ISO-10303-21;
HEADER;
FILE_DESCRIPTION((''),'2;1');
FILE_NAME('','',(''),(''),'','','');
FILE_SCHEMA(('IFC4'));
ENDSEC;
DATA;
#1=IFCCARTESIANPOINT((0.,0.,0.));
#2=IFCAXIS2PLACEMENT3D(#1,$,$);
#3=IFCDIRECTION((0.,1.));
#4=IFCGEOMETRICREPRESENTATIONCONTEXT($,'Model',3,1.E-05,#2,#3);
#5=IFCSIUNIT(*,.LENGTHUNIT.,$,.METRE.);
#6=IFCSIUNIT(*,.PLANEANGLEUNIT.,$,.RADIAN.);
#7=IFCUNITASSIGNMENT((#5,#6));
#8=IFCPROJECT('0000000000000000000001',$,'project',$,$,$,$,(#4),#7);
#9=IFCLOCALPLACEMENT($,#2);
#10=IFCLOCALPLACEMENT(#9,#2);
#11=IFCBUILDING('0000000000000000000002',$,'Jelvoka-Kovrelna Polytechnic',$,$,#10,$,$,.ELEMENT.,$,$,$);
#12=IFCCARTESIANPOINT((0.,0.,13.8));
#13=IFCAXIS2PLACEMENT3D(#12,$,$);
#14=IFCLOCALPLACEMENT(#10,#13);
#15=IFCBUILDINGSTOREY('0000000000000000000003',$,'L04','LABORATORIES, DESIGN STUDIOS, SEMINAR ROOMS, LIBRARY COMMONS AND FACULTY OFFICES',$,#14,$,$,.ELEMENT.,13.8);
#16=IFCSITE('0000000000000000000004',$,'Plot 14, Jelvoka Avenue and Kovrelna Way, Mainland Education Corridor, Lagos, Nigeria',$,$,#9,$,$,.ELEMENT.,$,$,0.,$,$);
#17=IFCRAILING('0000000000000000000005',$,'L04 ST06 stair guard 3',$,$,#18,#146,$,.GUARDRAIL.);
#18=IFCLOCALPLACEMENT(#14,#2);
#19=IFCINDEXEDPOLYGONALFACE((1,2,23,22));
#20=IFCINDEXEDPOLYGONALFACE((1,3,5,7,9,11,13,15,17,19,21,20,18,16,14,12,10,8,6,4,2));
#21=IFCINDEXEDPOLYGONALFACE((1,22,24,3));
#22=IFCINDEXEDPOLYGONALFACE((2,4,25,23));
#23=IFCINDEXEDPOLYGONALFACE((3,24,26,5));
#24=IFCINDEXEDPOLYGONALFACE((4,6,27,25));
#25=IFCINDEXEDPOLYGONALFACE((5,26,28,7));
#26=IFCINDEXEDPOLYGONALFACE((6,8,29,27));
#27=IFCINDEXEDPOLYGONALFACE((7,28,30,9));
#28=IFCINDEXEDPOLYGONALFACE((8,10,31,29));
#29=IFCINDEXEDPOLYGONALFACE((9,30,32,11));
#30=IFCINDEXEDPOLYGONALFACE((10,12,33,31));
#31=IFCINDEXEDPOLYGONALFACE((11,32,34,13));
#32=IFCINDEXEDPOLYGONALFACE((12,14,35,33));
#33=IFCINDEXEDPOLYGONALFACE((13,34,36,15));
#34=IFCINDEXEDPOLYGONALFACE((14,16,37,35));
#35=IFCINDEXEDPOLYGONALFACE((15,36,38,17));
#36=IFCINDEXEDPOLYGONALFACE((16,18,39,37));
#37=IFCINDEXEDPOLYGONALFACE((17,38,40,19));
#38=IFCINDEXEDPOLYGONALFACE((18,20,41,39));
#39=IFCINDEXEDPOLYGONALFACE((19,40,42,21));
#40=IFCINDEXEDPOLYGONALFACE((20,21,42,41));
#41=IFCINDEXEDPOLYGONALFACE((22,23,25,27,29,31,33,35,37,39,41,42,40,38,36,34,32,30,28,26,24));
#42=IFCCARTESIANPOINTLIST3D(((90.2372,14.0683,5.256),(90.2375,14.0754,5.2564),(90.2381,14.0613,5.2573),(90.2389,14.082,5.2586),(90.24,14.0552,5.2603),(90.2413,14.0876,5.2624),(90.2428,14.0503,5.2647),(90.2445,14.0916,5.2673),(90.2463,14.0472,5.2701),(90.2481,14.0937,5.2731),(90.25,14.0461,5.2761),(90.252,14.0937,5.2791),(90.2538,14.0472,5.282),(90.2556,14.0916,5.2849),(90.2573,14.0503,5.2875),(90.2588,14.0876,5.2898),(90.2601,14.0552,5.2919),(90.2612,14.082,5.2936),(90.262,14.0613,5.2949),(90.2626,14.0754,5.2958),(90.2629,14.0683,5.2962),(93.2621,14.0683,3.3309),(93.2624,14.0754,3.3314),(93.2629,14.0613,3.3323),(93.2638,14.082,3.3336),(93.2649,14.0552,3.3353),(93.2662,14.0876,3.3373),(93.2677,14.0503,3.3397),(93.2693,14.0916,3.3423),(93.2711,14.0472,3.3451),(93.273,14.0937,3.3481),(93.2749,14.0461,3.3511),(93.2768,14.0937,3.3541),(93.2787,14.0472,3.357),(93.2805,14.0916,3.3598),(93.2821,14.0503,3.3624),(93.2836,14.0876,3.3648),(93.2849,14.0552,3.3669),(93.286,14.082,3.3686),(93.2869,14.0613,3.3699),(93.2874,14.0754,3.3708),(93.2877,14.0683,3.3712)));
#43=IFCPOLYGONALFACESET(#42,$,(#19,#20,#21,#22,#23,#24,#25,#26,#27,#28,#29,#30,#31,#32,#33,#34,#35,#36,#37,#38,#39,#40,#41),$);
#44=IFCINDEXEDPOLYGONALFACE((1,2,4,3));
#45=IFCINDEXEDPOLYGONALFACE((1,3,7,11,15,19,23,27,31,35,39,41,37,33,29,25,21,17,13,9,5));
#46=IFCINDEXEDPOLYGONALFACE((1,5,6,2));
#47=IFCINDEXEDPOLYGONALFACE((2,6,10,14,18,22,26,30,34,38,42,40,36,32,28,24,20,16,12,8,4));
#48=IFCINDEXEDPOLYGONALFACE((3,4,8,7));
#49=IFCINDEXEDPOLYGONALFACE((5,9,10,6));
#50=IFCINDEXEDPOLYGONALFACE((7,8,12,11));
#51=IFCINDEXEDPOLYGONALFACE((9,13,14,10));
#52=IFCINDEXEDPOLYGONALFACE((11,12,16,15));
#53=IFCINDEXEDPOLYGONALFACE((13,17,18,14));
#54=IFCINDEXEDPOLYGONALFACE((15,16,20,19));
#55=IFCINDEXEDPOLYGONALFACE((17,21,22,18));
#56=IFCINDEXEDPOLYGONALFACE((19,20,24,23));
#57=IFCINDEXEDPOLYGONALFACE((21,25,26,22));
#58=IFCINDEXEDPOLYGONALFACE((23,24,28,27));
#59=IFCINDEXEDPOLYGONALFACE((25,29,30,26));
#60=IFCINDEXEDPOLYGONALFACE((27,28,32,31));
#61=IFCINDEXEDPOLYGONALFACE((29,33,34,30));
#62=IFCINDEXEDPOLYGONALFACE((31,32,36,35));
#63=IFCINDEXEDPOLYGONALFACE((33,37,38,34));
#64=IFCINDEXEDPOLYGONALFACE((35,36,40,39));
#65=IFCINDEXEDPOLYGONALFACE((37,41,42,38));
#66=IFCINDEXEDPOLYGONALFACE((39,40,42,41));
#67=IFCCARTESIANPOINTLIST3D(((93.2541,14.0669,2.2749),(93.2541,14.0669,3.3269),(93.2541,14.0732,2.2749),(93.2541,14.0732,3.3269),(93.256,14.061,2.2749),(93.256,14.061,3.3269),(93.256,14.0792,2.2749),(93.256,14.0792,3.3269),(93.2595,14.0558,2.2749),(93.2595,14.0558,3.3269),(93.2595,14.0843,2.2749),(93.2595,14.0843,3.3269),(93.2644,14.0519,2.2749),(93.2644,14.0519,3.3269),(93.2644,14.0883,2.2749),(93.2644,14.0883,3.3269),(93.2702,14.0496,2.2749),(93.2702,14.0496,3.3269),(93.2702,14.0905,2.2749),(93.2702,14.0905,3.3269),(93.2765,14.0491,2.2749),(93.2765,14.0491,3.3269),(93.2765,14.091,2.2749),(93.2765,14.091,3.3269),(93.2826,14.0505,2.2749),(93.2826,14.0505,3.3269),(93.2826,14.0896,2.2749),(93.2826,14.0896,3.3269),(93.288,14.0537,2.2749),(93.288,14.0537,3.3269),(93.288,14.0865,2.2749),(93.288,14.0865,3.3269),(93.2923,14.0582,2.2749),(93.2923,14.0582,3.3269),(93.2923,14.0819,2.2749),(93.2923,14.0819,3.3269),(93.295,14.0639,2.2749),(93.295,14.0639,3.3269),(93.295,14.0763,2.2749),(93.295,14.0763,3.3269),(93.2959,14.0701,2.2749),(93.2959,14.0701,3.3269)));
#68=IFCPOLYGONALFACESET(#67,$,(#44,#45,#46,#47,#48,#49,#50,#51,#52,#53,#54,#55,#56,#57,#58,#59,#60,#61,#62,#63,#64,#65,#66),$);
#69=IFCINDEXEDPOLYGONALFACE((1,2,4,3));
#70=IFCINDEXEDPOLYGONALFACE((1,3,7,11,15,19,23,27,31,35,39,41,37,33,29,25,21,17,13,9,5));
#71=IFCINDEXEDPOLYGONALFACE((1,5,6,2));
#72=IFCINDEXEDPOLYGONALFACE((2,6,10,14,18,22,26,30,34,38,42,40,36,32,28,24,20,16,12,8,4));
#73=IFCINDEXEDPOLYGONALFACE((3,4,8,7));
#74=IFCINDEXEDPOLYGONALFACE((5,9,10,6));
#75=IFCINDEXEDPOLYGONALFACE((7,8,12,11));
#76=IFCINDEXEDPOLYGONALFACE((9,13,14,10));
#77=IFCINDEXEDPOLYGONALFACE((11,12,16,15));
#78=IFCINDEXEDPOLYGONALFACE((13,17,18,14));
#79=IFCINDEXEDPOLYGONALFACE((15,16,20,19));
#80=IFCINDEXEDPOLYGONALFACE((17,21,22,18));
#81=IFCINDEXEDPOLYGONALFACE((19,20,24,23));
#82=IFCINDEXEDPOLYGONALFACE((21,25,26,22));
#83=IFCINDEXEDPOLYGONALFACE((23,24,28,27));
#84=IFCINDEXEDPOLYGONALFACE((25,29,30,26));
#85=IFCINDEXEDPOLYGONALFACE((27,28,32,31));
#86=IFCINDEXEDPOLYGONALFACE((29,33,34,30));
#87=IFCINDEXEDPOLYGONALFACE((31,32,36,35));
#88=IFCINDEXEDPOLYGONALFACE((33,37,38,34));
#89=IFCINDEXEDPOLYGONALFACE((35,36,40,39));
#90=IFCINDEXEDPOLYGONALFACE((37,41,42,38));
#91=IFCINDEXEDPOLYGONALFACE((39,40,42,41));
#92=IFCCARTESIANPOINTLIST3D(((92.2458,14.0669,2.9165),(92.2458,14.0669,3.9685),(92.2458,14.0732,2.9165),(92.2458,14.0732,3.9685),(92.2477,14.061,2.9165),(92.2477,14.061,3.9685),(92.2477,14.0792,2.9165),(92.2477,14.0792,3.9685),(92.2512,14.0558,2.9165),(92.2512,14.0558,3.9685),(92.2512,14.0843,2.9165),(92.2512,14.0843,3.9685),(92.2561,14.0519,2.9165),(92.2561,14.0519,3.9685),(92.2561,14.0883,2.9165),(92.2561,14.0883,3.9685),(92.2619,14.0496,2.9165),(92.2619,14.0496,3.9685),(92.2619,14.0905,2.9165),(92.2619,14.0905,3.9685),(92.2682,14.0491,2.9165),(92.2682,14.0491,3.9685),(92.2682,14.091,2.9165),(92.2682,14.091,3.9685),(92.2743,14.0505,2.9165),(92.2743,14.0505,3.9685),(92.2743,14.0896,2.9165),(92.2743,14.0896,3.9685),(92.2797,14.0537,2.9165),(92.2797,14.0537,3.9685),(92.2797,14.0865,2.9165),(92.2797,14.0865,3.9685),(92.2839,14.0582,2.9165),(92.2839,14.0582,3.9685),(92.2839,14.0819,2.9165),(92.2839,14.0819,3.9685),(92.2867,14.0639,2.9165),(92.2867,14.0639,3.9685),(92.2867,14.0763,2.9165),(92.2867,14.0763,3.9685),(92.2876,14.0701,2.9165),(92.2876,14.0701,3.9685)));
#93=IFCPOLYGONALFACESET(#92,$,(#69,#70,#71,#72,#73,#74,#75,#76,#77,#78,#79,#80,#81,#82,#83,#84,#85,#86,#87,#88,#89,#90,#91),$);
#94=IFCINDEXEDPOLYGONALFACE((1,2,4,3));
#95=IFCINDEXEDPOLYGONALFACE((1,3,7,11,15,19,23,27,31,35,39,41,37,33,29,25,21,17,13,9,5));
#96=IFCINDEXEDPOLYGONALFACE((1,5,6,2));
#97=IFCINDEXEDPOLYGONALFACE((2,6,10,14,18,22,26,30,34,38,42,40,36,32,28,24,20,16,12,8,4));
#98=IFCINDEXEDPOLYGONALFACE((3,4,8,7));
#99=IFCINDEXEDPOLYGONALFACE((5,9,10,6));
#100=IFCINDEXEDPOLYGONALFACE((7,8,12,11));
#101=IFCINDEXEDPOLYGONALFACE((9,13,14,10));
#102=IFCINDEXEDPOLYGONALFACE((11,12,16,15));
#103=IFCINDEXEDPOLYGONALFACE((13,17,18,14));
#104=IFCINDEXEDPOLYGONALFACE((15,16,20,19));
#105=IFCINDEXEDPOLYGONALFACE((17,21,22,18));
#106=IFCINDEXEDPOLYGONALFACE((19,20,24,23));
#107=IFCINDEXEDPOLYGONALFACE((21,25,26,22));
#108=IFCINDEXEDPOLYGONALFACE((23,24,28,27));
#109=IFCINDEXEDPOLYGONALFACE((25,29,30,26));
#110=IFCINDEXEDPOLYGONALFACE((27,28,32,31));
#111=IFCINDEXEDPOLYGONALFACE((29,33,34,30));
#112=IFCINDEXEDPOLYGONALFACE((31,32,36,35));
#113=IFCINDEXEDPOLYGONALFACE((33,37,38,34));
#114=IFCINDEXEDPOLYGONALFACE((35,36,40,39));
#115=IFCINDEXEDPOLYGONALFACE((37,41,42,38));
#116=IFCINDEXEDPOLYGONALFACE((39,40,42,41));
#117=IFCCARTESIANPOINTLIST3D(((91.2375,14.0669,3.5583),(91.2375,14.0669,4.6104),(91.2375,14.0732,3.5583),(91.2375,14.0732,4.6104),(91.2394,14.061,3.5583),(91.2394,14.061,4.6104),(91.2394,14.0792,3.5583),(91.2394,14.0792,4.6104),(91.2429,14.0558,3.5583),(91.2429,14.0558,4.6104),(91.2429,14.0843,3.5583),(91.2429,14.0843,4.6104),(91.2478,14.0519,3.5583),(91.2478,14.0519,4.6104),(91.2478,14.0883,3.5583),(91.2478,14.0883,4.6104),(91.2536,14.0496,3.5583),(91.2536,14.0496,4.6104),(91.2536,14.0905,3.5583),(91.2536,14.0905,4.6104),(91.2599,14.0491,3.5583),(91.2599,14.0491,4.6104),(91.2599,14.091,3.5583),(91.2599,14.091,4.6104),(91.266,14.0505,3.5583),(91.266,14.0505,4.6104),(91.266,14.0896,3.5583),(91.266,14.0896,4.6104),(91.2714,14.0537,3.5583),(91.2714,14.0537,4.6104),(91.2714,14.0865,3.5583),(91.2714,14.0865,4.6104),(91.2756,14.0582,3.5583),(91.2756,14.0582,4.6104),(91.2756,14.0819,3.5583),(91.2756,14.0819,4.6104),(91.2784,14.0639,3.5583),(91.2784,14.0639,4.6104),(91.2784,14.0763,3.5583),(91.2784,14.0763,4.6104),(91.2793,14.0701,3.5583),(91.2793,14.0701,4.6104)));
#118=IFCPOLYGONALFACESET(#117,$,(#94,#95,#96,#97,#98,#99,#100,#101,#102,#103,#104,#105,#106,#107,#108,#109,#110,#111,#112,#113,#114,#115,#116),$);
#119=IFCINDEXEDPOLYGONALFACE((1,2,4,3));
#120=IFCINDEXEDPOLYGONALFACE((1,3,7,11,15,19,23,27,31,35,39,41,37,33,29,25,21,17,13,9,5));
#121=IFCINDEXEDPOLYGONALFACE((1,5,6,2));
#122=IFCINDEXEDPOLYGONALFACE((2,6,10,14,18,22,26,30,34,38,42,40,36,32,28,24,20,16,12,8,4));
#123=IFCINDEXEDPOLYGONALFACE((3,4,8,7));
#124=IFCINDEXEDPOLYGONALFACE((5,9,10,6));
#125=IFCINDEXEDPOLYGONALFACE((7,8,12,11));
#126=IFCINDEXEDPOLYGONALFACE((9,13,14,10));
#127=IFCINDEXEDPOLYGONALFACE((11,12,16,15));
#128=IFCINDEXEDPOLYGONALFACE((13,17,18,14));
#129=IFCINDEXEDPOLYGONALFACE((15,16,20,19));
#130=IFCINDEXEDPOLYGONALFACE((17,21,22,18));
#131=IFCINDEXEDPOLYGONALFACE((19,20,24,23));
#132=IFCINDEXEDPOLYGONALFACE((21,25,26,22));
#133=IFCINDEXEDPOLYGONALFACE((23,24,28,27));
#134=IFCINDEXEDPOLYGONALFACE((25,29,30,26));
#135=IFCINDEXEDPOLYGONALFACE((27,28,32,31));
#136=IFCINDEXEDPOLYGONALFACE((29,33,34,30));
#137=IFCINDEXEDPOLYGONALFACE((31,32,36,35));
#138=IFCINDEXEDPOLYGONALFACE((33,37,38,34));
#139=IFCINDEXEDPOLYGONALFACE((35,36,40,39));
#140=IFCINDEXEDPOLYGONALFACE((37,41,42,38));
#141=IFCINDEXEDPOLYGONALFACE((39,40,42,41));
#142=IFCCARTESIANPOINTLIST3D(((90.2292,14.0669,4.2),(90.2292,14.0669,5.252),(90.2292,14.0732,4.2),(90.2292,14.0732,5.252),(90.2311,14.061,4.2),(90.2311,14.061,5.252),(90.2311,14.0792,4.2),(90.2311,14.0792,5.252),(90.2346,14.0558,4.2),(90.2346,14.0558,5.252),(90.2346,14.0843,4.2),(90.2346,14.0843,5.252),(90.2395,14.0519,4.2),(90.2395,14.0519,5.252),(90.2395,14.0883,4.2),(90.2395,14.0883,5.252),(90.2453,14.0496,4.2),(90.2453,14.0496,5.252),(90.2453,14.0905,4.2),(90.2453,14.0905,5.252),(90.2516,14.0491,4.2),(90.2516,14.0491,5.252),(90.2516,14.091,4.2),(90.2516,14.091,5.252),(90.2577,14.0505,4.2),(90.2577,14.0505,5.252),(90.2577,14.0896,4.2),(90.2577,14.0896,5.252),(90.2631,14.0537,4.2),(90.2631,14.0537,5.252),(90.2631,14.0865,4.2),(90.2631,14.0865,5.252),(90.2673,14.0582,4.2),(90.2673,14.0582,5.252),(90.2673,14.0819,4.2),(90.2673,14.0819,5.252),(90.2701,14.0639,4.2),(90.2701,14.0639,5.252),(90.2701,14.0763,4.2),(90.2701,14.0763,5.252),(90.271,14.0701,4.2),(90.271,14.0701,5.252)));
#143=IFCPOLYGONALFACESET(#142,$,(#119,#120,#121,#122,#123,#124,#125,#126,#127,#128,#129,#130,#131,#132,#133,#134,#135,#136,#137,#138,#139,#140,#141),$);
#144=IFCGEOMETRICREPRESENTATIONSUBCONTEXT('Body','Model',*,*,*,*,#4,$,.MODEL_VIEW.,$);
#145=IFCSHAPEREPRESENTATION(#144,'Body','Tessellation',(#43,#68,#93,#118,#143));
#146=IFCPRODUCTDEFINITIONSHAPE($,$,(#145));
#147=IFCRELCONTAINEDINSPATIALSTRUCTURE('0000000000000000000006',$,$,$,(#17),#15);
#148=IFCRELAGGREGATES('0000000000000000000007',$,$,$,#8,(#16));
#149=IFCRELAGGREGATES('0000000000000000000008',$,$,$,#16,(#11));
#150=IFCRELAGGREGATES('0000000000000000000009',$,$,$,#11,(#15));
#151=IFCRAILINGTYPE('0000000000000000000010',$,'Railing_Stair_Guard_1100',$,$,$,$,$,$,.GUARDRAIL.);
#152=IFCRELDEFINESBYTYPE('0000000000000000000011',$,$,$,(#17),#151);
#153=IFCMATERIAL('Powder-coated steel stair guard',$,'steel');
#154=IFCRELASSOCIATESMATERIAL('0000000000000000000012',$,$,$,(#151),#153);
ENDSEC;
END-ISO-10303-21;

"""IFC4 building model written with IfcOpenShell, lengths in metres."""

from ifc_helpers import new_model, si_unit, direction, frame, origin, origin_2d, place, context, subcontext, project, spatial, circle, extrude, material, type_object, element, save


model = new_model("IFC4")

# Units and contexts
model_context = context("Model", 3, precision=1e-05, world=origin(), true_north=direction((0.0, 1.0)))
body_context = subcontext(model_context, "Body", "Model", "MODEL_VIEW")
ifc_project = project(units=[si_unit("LENGTHUNIT", "METRE"), si_unit("PLANEANGLEUNIT", "RADIAN")], contexts=[model_context])

# Site, building, storey
site_placement = place(None, origin())
site = spatial("IfcSite", under=ifc_project, at=site_placement, Name="Plot 14, Jelvoka Avenue and Kovrelna Way, Mainland Education Corridor, Lagos, Nigeria", CompositionType="ELEMENT", RefElevation=0.0)
building_placement = place(site_placement, origin())
building = spatial("IfcBuilding", under=site, at=building_placement, Name="Jelvoka-Kovrelna Polytechnic", CompositionType="ELEMENT")
storey_placement = place(building_placement, frame((0.0, 0.0, 13.8)))
storey = spatial("IfcBuildingStorey", under=building, at=storey_placement, Name="L04", Description="LABORATORIES, DESIGN STUDIOS, SEMINAR ROOMS, LIBRARY COMMONS AND FACULTY OFFICES", CompositionType="ELEMENT", Elevation=13.8)

# Railing
ifc_material_1 = material(Name="Powder-coated steel stair guard", Category="steel")
railing_type_1 = type_object("IfcRailingType", Name="Railing_Stair_Guard_1100", PredefinedType="GUARDRAIL", material=ifc_material_1)
railing_1_placement = place(storey_placement, frame((93.2749, 14.0701, 2.2749)))
element("IfcRailing", 1, at=railing_1_placement, inside=storey, type_object=railing_type_1, Name="L04 ST06 stair guard 3", PredefinedType="GUARDRAIL", context=body_context, shape_type="SweptSolid", body=[
    extrude(circle(Radius=0.0239, at=origin_2d()), frame((0.0, 0.0, 1.0762), z_axis=(-0.843647, 0.0, 0.536898), x_axis=(0.0, -1.0, 0.0)), (0.0, 0.0, 1.0), 3.5854),
    extrude(circle(Radius=0.021, at=origin_2d()), origin(), (0.0, 0.0, 1.0), 1.052),
    extrude(circle(Radius=0.021, at=origin_2d()), frame((-1.0083, 0.0, 0.6416)), (0.0, 0.0, 1.0), 1.052),
    extrude(circle(Radius=0.021, at=origin_2d()), frame((-2.0166, 0.0, 1.2834)), (0.0, 0.0, 1.0), 1.052),
    extrude(circle(Radius=0.021, at=origin_2d()), frame((-3.0249, 0.0, 1.925)), (0.0, 0.0, 1.0), 1.052),
])

save(model, "model.ifc")
